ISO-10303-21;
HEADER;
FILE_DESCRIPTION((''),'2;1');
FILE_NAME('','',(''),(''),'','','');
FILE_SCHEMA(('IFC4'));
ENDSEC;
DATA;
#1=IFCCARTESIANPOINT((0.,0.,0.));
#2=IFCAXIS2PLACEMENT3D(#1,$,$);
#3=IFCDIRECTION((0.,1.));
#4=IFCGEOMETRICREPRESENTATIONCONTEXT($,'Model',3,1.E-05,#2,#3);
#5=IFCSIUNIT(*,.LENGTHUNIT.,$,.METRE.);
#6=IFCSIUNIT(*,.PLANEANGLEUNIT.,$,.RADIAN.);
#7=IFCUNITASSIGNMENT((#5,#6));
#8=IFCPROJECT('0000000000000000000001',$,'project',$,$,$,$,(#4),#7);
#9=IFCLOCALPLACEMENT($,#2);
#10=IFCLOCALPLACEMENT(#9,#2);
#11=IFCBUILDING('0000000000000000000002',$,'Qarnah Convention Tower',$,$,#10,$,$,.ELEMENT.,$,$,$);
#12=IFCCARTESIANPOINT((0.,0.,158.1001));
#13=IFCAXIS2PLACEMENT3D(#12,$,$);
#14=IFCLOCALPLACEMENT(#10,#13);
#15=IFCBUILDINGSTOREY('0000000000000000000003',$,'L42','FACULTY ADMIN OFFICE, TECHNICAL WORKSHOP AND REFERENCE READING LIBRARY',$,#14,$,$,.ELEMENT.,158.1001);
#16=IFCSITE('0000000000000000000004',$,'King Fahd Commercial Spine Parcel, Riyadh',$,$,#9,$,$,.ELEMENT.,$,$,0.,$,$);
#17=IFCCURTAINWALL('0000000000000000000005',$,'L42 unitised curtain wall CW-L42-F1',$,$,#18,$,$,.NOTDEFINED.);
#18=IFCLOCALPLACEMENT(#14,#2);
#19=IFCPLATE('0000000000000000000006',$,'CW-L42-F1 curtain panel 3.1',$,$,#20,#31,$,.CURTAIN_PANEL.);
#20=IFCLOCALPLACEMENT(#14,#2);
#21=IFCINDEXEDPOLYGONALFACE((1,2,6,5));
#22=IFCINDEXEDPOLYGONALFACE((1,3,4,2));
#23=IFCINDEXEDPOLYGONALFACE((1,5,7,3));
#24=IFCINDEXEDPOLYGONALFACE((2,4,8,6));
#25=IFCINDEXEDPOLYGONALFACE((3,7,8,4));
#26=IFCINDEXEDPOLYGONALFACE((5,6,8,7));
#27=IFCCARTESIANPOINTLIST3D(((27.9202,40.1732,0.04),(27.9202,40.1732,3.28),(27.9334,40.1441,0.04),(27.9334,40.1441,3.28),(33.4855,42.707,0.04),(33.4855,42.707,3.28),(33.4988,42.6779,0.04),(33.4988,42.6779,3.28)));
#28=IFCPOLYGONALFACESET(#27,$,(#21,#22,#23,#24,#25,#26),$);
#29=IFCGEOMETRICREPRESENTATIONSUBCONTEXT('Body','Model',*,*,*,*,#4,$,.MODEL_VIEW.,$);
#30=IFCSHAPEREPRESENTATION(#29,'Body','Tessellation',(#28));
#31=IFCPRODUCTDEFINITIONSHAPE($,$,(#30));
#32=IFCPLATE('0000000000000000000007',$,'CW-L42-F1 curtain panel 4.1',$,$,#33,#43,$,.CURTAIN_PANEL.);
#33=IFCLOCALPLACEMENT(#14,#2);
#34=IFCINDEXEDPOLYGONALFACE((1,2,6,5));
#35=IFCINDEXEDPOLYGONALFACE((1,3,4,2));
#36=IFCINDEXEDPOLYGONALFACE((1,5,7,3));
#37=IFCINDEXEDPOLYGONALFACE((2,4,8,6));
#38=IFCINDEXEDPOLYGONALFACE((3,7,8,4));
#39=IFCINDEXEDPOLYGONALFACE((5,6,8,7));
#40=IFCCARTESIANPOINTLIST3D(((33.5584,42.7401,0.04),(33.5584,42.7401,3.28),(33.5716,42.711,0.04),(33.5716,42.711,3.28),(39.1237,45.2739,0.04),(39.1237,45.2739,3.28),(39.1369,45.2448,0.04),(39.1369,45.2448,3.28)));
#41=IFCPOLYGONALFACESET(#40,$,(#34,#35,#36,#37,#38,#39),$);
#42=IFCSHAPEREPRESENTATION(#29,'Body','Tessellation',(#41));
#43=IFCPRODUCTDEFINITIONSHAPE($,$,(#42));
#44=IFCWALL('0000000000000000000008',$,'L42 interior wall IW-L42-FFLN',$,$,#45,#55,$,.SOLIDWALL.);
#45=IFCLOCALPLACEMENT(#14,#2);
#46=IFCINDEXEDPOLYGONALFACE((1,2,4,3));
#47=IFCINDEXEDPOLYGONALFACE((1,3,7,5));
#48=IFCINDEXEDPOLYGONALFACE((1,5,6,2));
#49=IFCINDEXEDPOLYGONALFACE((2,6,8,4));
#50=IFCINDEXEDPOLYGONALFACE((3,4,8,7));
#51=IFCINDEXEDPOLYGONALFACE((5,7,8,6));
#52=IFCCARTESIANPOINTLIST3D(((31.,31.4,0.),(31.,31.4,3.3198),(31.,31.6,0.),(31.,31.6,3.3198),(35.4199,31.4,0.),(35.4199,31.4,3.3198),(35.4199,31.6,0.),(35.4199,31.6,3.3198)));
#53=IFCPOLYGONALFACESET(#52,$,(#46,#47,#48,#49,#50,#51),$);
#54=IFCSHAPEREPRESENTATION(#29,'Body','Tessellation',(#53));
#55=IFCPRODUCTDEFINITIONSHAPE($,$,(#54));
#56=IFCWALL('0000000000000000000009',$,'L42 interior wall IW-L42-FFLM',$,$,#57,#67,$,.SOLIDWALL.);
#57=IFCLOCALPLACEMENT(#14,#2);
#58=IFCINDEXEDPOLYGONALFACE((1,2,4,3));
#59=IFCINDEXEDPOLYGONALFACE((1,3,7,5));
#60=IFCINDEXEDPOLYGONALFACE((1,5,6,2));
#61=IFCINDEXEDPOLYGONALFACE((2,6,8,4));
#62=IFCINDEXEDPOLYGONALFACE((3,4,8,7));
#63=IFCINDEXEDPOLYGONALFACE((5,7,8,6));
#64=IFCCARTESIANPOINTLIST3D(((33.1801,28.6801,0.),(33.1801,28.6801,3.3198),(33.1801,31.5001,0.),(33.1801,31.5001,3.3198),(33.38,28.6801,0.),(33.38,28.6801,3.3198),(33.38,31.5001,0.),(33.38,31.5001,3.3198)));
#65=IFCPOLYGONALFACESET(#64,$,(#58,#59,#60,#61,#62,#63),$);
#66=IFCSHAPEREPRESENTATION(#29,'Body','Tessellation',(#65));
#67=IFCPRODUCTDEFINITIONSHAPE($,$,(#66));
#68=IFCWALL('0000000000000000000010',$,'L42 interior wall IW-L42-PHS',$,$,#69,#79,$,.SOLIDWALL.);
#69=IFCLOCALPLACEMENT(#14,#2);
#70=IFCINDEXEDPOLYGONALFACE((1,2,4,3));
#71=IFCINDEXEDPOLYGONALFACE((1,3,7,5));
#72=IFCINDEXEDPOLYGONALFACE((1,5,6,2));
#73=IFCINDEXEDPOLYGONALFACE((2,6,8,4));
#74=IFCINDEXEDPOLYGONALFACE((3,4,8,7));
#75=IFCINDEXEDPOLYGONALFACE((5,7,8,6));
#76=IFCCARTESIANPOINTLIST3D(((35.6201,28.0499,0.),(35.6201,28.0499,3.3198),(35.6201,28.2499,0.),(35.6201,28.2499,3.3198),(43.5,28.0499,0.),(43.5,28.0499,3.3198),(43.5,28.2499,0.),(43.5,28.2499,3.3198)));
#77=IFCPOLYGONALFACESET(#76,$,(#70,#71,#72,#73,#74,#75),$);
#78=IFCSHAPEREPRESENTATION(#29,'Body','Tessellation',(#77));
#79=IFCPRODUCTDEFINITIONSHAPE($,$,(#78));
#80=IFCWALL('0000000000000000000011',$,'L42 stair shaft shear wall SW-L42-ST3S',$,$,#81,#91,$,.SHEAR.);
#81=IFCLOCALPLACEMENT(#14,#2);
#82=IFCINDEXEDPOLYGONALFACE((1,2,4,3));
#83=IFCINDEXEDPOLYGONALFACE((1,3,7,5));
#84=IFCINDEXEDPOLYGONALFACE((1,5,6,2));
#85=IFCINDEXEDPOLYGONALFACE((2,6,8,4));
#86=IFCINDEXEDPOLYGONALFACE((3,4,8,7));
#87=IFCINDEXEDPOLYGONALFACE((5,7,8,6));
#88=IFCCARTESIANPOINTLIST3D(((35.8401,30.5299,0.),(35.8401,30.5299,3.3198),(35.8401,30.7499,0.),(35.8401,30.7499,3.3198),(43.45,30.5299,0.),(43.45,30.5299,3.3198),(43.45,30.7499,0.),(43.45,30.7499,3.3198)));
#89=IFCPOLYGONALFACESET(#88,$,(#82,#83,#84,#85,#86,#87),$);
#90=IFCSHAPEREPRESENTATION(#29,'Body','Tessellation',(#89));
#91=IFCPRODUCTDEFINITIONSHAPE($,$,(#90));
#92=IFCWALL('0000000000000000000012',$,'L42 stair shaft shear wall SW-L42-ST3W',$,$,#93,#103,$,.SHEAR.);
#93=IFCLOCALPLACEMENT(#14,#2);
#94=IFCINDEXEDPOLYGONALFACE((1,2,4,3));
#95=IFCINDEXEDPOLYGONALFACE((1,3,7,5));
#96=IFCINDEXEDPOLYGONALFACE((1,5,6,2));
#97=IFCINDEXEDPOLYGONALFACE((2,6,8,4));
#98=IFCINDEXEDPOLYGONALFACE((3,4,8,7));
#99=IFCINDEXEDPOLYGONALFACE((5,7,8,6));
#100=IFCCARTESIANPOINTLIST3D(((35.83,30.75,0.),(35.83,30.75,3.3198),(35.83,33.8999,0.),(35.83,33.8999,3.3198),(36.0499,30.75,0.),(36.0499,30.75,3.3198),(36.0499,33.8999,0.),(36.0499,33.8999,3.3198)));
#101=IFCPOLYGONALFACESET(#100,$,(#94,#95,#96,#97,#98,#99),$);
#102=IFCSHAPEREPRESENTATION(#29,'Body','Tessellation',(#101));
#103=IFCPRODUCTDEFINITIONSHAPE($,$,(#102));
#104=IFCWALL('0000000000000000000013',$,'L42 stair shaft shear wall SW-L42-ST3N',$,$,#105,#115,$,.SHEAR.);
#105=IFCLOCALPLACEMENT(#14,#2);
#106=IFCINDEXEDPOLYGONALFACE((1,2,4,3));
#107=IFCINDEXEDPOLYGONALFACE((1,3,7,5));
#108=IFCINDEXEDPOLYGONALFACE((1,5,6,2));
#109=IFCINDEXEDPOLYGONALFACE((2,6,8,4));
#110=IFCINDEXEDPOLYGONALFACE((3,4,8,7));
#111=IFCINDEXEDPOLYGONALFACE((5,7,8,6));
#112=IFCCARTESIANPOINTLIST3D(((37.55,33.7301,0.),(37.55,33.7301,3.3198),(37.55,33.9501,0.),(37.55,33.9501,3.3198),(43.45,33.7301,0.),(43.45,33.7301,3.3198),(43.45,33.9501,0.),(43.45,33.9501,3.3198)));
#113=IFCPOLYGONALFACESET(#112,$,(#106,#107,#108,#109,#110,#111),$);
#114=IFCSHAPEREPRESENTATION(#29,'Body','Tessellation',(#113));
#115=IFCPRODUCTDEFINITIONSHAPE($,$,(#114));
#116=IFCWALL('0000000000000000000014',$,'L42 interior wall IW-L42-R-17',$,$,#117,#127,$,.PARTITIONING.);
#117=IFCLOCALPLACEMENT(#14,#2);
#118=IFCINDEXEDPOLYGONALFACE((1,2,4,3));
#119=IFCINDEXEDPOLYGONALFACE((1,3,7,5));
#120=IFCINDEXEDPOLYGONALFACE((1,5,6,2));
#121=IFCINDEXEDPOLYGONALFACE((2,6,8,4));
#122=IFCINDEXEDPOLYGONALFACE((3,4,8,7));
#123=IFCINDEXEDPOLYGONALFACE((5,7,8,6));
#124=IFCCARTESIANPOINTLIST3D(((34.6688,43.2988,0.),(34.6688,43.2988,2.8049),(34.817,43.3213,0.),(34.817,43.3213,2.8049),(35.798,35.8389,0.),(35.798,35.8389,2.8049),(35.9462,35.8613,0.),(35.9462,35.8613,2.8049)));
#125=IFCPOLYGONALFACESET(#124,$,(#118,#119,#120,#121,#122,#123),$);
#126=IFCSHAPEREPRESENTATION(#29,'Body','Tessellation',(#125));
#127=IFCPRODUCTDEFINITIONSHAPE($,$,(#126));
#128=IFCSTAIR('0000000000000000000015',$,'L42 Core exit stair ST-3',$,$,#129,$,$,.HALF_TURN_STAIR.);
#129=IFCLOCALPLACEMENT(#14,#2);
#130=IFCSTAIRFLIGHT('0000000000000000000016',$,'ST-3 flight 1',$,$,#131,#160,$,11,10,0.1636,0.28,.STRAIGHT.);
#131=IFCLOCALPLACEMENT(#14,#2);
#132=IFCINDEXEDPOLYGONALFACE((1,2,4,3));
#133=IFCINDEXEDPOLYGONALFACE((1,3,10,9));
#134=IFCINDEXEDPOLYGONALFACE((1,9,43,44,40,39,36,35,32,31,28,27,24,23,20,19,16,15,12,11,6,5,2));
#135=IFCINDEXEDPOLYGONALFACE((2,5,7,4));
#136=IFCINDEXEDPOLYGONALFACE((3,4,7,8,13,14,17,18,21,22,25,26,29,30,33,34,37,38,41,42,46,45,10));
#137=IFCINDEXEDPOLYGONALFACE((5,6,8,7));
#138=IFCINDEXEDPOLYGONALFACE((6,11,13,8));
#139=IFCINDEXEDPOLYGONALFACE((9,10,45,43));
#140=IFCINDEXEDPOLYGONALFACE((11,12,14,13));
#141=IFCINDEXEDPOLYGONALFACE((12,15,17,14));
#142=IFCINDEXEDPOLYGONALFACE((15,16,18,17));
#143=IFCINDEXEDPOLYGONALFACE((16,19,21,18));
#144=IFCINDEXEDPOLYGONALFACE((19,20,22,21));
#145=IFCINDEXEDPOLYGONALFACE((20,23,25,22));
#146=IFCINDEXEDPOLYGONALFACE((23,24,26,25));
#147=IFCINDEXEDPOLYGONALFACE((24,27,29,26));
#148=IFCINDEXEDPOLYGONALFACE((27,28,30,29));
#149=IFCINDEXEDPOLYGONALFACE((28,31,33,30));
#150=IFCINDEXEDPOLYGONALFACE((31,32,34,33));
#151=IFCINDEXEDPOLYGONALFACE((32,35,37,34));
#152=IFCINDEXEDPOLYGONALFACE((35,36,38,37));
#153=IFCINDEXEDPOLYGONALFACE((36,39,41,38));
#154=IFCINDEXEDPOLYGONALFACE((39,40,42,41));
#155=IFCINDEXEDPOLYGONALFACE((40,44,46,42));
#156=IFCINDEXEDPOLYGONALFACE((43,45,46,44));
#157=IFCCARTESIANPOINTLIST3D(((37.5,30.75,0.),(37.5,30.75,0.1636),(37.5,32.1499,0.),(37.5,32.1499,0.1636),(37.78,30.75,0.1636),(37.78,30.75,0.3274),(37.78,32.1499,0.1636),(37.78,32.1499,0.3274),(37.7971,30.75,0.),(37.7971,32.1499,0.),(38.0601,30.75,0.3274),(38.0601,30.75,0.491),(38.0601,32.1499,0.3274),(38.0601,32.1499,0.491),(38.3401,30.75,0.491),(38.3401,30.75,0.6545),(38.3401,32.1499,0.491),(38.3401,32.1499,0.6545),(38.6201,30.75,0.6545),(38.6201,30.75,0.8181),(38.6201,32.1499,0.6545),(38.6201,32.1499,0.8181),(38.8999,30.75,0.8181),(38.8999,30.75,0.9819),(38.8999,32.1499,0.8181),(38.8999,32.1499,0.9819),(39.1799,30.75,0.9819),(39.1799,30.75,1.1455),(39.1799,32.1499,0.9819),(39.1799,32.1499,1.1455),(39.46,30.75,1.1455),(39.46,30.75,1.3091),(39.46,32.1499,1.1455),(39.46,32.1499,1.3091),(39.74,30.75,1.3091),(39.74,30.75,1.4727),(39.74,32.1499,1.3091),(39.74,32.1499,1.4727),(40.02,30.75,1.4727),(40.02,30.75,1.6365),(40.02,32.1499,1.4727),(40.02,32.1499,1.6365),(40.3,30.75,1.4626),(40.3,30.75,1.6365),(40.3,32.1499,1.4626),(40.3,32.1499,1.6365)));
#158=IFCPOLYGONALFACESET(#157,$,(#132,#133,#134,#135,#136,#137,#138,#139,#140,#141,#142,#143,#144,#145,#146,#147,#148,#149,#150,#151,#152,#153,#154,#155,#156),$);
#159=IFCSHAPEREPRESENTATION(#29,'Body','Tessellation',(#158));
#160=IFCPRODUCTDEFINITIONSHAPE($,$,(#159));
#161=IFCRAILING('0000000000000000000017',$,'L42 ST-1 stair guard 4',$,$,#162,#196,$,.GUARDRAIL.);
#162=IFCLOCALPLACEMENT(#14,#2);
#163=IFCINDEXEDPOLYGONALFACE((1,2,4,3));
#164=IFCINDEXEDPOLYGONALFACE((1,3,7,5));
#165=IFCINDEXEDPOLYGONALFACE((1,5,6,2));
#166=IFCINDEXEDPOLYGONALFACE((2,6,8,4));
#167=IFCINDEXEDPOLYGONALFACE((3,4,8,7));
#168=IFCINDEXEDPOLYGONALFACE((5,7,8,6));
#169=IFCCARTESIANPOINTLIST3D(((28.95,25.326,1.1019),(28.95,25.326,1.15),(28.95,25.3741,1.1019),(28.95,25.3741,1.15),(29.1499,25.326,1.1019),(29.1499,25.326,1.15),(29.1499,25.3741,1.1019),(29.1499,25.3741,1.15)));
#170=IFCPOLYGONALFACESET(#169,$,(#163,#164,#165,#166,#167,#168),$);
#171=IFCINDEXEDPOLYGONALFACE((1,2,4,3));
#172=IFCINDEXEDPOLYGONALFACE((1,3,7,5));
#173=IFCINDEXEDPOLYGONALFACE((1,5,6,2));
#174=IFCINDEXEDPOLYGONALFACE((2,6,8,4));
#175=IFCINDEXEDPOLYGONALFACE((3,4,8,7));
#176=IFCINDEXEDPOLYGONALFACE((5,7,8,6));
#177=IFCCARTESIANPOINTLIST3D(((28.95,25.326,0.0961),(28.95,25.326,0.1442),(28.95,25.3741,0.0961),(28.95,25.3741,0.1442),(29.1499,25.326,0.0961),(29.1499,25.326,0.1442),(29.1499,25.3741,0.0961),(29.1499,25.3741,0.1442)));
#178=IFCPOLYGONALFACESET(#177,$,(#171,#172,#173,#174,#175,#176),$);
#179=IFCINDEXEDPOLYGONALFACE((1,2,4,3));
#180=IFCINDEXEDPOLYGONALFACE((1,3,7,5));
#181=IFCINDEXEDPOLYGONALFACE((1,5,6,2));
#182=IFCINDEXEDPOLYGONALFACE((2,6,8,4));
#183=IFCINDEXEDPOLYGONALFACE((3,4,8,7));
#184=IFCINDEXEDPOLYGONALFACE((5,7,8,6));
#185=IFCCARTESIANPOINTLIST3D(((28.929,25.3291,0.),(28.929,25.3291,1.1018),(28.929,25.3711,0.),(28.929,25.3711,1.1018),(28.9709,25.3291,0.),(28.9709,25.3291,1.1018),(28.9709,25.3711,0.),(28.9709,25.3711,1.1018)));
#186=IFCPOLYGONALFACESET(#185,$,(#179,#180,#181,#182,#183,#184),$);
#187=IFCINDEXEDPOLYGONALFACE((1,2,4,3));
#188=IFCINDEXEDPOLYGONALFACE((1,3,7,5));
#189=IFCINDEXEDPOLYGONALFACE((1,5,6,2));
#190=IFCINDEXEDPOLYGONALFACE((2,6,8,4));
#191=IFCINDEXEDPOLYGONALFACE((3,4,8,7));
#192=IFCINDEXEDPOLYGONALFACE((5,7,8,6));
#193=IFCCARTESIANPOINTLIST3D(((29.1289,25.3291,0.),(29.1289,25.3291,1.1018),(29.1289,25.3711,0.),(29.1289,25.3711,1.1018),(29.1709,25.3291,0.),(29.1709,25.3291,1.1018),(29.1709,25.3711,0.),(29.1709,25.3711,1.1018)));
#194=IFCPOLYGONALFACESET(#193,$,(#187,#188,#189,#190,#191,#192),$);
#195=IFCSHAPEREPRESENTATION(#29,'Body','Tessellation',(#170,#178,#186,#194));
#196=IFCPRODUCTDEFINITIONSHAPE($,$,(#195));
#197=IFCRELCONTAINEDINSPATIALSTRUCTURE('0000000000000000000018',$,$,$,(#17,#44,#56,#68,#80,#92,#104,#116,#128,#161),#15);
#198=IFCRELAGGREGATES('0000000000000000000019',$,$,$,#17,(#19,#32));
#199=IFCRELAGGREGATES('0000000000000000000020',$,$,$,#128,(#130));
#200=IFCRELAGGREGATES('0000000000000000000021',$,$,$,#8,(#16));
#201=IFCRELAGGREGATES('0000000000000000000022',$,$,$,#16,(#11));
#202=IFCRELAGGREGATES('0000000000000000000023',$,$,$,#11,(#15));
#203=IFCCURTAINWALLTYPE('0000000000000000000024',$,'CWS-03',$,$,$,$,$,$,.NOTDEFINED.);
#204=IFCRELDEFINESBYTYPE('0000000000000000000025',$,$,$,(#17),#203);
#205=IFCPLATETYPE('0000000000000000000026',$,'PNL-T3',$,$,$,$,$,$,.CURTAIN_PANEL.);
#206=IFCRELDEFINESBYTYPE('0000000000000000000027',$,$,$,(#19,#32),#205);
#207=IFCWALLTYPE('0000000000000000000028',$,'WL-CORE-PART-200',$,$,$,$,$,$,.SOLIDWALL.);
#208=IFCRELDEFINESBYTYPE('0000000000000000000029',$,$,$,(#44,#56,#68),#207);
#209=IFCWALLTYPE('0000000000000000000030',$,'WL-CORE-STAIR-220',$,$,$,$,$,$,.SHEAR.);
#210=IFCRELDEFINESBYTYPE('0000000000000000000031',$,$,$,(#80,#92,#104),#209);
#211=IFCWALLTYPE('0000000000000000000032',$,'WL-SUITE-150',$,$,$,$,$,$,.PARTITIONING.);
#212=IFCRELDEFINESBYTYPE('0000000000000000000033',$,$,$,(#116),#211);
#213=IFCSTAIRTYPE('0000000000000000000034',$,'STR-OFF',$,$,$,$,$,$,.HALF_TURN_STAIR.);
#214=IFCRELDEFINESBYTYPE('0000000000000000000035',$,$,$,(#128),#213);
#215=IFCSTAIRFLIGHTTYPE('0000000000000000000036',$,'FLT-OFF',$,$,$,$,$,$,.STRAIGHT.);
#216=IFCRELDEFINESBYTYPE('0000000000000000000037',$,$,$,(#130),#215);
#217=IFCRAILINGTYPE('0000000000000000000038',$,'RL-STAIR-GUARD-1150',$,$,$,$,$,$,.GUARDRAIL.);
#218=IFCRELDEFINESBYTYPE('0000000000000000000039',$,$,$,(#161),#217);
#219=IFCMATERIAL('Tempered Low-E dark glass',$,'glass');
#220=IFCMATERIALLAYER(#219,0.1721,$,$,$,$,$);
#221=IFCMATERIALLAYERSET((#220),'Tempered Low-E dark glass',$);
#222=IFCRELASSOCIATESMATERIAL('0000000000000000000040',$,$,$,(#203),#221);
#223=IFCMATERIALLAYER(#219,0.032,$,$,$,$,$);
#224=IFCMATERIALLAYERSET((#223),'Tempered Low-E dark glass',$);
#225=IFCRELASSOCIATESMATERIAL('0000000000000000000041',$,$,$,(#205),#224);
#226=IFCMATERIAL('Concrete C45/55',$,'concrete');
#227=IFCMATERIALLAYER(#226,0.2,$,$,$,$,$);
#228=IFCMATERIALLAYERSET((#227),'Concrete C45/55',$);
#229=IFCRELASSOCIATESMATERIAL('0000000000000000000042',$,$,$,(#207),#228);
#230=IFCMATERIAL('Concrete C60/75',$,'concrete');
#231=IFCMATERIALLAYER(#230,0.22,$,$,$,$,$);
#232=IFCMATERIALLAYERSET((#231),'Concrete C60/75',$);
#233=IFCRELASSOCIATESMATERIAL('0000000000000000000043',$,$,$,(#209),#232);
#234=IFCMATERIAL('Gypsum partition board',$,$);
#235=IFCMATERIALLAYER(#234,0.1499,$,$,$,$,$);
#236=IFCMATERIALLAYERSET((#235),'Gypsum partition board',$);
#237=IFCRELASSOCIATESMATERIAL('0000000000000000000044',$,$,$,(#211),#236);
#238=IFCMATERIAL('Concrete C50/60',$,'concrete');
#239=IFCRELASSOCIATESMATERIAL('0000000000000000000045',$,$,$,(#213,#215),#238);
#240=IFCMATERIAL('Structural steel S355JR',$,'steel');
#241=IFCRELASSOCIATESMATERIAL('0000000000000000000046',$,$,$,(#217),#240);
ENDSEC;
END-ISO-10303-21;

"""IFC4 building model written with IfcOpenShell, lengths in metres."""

from ifc_helpers import new_model, si_unit, direction, frame, frame_2d, origin, origin_2d, place, context, subcontext, project, spatial, polyline, rectangle, outline, extrude, material, layer, layer_set, type_object, element, aggregate, save


model = new_model("IFC4")

# Units and contexts
model_context = context("Model", 3, precision=1e-05, world=origin(), true_north=direction((0.0, 1.0)))
body_context = subcontext(model_context, "Body", "Model", "MODEL_VIEW")
ifc_project = project(units=[si_unit("LENGTHUNIT", "METRE"), si_unit("PLANEANGLEUNIT", "RADIAN")], contexts=[model_context])

# Site, building, storey
site_placement = place(None, origin())
site = spatial("IfcSite", under=ifc_project, at=site_placement, Name="King Fahd Commercial Spine Parcel, Riyadh", CompositionType="ELEMENT", RefElevation=0.0)
building_placement = place(site_placement, origin())
building = spatial("IfcBuilding", under=site, at=building_placement, Name="Qarnah Convention Tower", CompositionType="ELEMENT")
storey_placement = place(building_placement, frame((0.0, 0.0, 158.1001)))
storey = spatial("IfcBuildingStorey", under=building, at=storey_placement, Name="L42", Description="FACULTY ADMIN OFFICE, TECHNICAL WORKSHOP AND REFERENCE READING LIBRARY", CompositionType="ELEMENT", Elevation=158.1001)

# Shared definitions
ifc_material_1 = material(Name="Concrete C60/75", Category="concrete")

# Shared definitions
ifc_material_2 = material(Name="Structural steel S355JR", Category="steel")

# Curtain wall, plates
ifc_material_3 = material(Name="Tempered Low-E dark glass", Category="glass")
ifc_layer_1 = layer(ifc_material_3, 0.1721)
ifc_layer_set_1 = layer_set([ifc_layer_1], Name="Tempered Low-E dark glass")
curtain_wall_type = type_object("IfcCurtainWallType", Name="CWS-03", PredefinedType="NOTDEFINED", material=ifc_layer_set_1)
curtain_wall_placement = place(storey_placement, origin())
curtain_wall = element("IfcCurtainWall", 1, at=curtain_wall_placement, inside=storey, type_object=curtain_wall_type, Name="L42 unitised curtain wall CW-L42-F1", PredefinedType="NOTDEFINED")
ifc_layer_2 = layer(ifc_material_3, 0.032)
ifc_layer_set_2 = layer_set([ifc_layer_2], Name="Tempered Low-E dark glass")
plate_type = type_object("IfcPlateType", Name="PNL-T3", PredefinedType="CURTAIN_PANEL", material=ifc_layer_set_2)
plate_1_placement = place(storey_placement, frame((30.7095, 41.4255, 0.04), z_axis=(0.0, 0.0, 1.0), x_axis=(0.910112, 0.414362, 0.0)))
plate_1 = element("IfcPlate", 2, at=plate_1_placement, type_object=plate_type, Name="CW-L42-F1 curtain panel 3.1", PredefinedType="CURTAIN_PANEL", context=body_context, shape_type="SweptSolid", body=[
    extrude(rectangle(XDim=6.115, YDim=0.032, at=origin_2d()), origin(), (0.0, 0.0, 1.0), 3.24),
])
plate_2_placement = place(storey_placement, frame((36.3477, 43.9924, 0.04), z_axis=(0.0, 0.0, 1.0), x_axis=(0.910112, 0.414362, 0.0)))
plate_2 = element("IfcPlate", 3, at=plate_2_placement, type_object=plate_type, Name="CW-L42-F1 curtain panel 4.1", PredefinedType="CURTAIN_PANEL", context=body_context, shape_type="SweptSolid", body=[
    extrude(rectangle(XDim=6.115, YDim=0.032, at=origin_2d()), origin(), (0.0, 0.0, 1.0), 3.24),
])
aggregate(curtain_wall, [plate_1, plate_2])

# Shared definitions
ifc_material_4 = material(Name="Concrete C45/55", Category="concrete")
ifc_layer_3 = layer(ifc_material_4, 0.2)
ifc_layer_set_3 = layer_set([ifc_layer_3], Name="Concrete C45/55")
wall_type_1 = type_object("IfcWallType", Name="WL-CORE-PART-200", PredefinedType="SOLIDWALL", material=ifc_layer_set_3)

# Walls
wall_1_placement = place(storey_placement, frame((31.0, 31.5, 0.0), z_axis=(0.0, 0.0, 1.0), x_axis=(1.0, 0.0, 0.0)))
element("IfcWall", 4, at=wall_1_placement, inside=storey, type_object=wall_type_1, Name="L42 interior wall IW-L42-FFLN", PredefinedType="SOLIDWALL", context=body_context, shape_type="SweptSolid", body=[
    extrude(rectangle(XDim=4.4199, YDim=0.2, at=frame_2d((2.21, 0.0))), origin(), (0.0, 0.0, 1.0), 3.3198),
])
wall_2_placement = place(storey_placement, frame((33.28, 28.6799, 0.0), z_axis=(0.0, 0.0, 1.0), x_axis=(0.0, 1.0, 0.0)))
element("IfcWall", 5, at=wall_2_placement, inside=storey, type_object=wall_type_1, Name="L42 interior wall IW-L42-FFLM", PredefinedType="SOLIDWALL", context=body_context, shape_type="SweptSolid", body=[
    extrude(rectangle(XDim=2.8201, YDim=0.2, at=frame_2d((1.4102, 0.0))), origin(), (0.0, 0.0, 1.0), 3.3198),
])
wall_3_placement = place(storey_placement, frame((35.6201, 28.1499, 0.0), z_axis=(0.0, 0.0, 1.0), x_axis=(1.0, 0.0, 0.0)))
element("IfcWall", 6, at=wall_3_placement, inside=storey, type_object=wall_type_1, Name="L42 interior wall IW-L42-PHS", PredefinedType="SOLIDWALL", context=body_context, shape_type="SweptSolid", body=[
    extrude(rectangle(XDim=7.8799, YDim=0.2, at=frame_2d((3.9399, 0.0))), origin(), (0.0, 0.0, 1.0), 3.3198),
])

# Walls
ifc_layer_4 = layer(ifc_material_1, 0.22)
ifc_layer_set_4 = layer_set([ifc_layer_4], Name="Concrete C60/75")
wall_type_2 = type_object("IfcWallType", Name="WL-CORE-STAIR-220", PredefinedType="SHEAR", material=ifc_layer_set_4)
wall_4_placement = place(storey_placement, frame((35.8401, 30.6399, 0.0), z_axis=(0.0, 0.0, 1.0), x_axis=(1.0, 0.0, 0.0)))
element("IfcWall", 7, at=wall_4_placement, inside=storey, type_object=wall_type_2, Name="L42 stair shaft shear wall SW-L42-ST3S", PredefinedType="SHEAR", context=body_context, shape_type="SweptSolid", body=[
    extrude(rectangle(XDim=7.6099, YDim=0.22, at=frame_2d((3.8049, 0.0))), origin(), (0.0, 0.0, 1.0), 3.3198),
])
wall_5_placement = place(storey_placement, frame((35.9399, 30.75, 0.0), z_axis=(0.0, 0.0, 1.0), x_axis=(0.0, 1.0, 0.0)))
element("IfcWall", 8, at=wall_5_placement, inside=storey, type_object=wall_type_2, Name="L42 stair shaft shear wall SW-L42-ST3W", PredefinedType="SHEAR", context=body_context, shape_type="SweptSolid", body=[
    extrude(rectangle(XDim=3.1499, YDim=0.22, at=frame_2d((1.575, 0.0))), origin(), (0.0, 0.0, 1.0), 3.3198),
])
wall_6_placement = place(storey_placement, frame((37.55, 33.8401, 0.0), z_axis=(0.0, 0.0, 1.0), x_axis=(1.0, 0.0, 0.0)))
element("IfcWall", 9, at=wall_6_placement, inside=storey, type_object=wall_type_2, Name="L42 stair shaft shear wall SW-L42-ST3N", PredefinedType="SHEAR", context=body_context, shape_type="SweptSolid", body=[
    extrude(rectangle(XDim=5.8999, YDim=0.22, at=frame_2d((2.95, 0.0))), origin(), (0.0, 0.0, 1.0), 3.3198),
])
ifc_material_5 = material(Name="Gypsum partition board")
ifc_layer_5 = layer(ifc_material_5, 0.1499)
ifc_layer_set_5 = layer_set([ifc_layer_5], Name="Gypsum partition board")
wall_type_3 = type_object("IfcWallType", Name="WL-SUITE-150", PredefinedType="PARTITIONING", material=ifc_layer_set_5)
wall_7_placement = place(storey_placement, frame((34.7429, 43.3101, 0.0), z_axis=(0.0, 0.0, 1.0), x_axis=(0.149657, -0.988738, 0.0)))
element("IfcWall", 10, at=wall_7_placement, inside=storey, type_object=wall_type_3, Name="L42 interior wall IW-L42-R-17", PredefinedType="PARTITIONING", context=body_context, shape_type="SweptSolid", body=[
    extrude(rectangle(XDim=7.5449, YDim=0.1499, at=frame_2d((3.7725, 0.0))), origin(), (0.0, 0.0, 1.0), 2.8049),
])

# Stair, stair flight
ifc_material_6 = material(Name="Concrete C50/60", Category="concrete")
stair_type = type_object("IfcStairType", Name="STR-OFF", PredefinedType="HALF_TURN_STAIR", material=ifc_material_6)
stair_placement = place(storey_placement, origin())
stair = element("IfcStair", 11, at=stair_placement, inside=storey, type_object=stair_type, Name="L42 Core exit stair ST-3", PredefinedType="HALF_TURN_STAIR")
stair_flight_type = type_object("IfcStairFlightType", Name="FLT-OFF", PredefinedType="STRAIGHT", material=ifc_material_6)
stair_flight_placement = place(storey_placement, frame((37.5, 31.45, 0.0), z_axis=(0.0, 0.0, 1.0), x_axis=(1.0, 0.0, 0.0)))
stair_flight = element("IfcStairFlight", 12, at=stair_flight_placement, type_object=stair_flight_type, Name="ST-3 flight 1", NumberOfRisers=11, NumberOfTreads=10, PredefinedType="STRAIGHT", RiserHeight=0.1636, TreadLength=0.28, context=body_context, shape_type="SweptSolid", body=[
    extrude(outline(polyline([(0.0, 0.0), (0.0, 0.1636), (0.28, 0.1636), (0.28, 0.3274), (0.5601, 0.3274), (0.5601, 0.491), (0.8401, 0.491), (0.8401, 0.6545), (1.1201, 0.6545), (1.1201, 0.8181), (1.3999, 0.8181), (1.3999, 0.9819), (1.6799, 0.9819), (1.6799, 1.1455), (1.96, 1.1455), (1.96, 1.3091), (2.24, 1.3091), (2.24, 1.4727), (2.52, 1.4727), (2.52, 1.6365), (2.8, 1.6365), (2.8, 1.8), (2.8, 1.4626), (0.2971, 0.0), (0.0, 0.0)])), frame((0.0, 0.7, 0.0), z_axis=(0.0, -1.0, 0.0), x_axis=(1.0, 0.0, 0.0)), (0.0, 0.0, 1.0), 1.3999),
])
aggregate(stair, [stair_flight])

# Railing
railing_type_1 = type_object("IfcRailingType", Name="RL-STAIR-GUARD-1150", PredefinedType="GUARDRAIL", material=ifc_material_2)
railing_1_placement = place(storey_placement, frame((28.95, 25.3501, 0.0)))
element("IfcRailing", 13, at=railing_1_placement, inside=storey, type_object=railing_type_1, Name="L42 ST-1 stair guard 4", PredefinedType="GUARDRAIL", context=body_context, shape_type="SweptSolid", body=[
    extrude(rectangle(XDim=0.0481, YDim=0.0481, at=origin_2d()), frame((0.0, 0.0, 1.126), z_axis=(1.0, 0.0, 0.0), x_axis=(0.0, 1.0, 0.0)), (0.0, 0.0, 1.0), 0.2),
    extrude(rectangle(XDim=0.0481, YDim=0.0481, at=origin_2d()), frame((0.0, 0.0, 0.1201), z_axis=(1.0, 0.0, 0.0), x_axis=(0.0, 1.0, 0.0)), (0.0, 0.0, 1.0), 0.2),
    extrude(rectangle(XDim=0.042, YDim=0.042, at=origin_2d()), origin(), (0.0, 0.0, 1.0), 1.1018),
    extrude(rectangle(XDim=0.042, YDim=0.042, at=origin_2d()), frame((0.2, 0.0, 0.0)), (0.0, 0.0, 1.0), 1.1018),
])

save(model, "model.ifc")
